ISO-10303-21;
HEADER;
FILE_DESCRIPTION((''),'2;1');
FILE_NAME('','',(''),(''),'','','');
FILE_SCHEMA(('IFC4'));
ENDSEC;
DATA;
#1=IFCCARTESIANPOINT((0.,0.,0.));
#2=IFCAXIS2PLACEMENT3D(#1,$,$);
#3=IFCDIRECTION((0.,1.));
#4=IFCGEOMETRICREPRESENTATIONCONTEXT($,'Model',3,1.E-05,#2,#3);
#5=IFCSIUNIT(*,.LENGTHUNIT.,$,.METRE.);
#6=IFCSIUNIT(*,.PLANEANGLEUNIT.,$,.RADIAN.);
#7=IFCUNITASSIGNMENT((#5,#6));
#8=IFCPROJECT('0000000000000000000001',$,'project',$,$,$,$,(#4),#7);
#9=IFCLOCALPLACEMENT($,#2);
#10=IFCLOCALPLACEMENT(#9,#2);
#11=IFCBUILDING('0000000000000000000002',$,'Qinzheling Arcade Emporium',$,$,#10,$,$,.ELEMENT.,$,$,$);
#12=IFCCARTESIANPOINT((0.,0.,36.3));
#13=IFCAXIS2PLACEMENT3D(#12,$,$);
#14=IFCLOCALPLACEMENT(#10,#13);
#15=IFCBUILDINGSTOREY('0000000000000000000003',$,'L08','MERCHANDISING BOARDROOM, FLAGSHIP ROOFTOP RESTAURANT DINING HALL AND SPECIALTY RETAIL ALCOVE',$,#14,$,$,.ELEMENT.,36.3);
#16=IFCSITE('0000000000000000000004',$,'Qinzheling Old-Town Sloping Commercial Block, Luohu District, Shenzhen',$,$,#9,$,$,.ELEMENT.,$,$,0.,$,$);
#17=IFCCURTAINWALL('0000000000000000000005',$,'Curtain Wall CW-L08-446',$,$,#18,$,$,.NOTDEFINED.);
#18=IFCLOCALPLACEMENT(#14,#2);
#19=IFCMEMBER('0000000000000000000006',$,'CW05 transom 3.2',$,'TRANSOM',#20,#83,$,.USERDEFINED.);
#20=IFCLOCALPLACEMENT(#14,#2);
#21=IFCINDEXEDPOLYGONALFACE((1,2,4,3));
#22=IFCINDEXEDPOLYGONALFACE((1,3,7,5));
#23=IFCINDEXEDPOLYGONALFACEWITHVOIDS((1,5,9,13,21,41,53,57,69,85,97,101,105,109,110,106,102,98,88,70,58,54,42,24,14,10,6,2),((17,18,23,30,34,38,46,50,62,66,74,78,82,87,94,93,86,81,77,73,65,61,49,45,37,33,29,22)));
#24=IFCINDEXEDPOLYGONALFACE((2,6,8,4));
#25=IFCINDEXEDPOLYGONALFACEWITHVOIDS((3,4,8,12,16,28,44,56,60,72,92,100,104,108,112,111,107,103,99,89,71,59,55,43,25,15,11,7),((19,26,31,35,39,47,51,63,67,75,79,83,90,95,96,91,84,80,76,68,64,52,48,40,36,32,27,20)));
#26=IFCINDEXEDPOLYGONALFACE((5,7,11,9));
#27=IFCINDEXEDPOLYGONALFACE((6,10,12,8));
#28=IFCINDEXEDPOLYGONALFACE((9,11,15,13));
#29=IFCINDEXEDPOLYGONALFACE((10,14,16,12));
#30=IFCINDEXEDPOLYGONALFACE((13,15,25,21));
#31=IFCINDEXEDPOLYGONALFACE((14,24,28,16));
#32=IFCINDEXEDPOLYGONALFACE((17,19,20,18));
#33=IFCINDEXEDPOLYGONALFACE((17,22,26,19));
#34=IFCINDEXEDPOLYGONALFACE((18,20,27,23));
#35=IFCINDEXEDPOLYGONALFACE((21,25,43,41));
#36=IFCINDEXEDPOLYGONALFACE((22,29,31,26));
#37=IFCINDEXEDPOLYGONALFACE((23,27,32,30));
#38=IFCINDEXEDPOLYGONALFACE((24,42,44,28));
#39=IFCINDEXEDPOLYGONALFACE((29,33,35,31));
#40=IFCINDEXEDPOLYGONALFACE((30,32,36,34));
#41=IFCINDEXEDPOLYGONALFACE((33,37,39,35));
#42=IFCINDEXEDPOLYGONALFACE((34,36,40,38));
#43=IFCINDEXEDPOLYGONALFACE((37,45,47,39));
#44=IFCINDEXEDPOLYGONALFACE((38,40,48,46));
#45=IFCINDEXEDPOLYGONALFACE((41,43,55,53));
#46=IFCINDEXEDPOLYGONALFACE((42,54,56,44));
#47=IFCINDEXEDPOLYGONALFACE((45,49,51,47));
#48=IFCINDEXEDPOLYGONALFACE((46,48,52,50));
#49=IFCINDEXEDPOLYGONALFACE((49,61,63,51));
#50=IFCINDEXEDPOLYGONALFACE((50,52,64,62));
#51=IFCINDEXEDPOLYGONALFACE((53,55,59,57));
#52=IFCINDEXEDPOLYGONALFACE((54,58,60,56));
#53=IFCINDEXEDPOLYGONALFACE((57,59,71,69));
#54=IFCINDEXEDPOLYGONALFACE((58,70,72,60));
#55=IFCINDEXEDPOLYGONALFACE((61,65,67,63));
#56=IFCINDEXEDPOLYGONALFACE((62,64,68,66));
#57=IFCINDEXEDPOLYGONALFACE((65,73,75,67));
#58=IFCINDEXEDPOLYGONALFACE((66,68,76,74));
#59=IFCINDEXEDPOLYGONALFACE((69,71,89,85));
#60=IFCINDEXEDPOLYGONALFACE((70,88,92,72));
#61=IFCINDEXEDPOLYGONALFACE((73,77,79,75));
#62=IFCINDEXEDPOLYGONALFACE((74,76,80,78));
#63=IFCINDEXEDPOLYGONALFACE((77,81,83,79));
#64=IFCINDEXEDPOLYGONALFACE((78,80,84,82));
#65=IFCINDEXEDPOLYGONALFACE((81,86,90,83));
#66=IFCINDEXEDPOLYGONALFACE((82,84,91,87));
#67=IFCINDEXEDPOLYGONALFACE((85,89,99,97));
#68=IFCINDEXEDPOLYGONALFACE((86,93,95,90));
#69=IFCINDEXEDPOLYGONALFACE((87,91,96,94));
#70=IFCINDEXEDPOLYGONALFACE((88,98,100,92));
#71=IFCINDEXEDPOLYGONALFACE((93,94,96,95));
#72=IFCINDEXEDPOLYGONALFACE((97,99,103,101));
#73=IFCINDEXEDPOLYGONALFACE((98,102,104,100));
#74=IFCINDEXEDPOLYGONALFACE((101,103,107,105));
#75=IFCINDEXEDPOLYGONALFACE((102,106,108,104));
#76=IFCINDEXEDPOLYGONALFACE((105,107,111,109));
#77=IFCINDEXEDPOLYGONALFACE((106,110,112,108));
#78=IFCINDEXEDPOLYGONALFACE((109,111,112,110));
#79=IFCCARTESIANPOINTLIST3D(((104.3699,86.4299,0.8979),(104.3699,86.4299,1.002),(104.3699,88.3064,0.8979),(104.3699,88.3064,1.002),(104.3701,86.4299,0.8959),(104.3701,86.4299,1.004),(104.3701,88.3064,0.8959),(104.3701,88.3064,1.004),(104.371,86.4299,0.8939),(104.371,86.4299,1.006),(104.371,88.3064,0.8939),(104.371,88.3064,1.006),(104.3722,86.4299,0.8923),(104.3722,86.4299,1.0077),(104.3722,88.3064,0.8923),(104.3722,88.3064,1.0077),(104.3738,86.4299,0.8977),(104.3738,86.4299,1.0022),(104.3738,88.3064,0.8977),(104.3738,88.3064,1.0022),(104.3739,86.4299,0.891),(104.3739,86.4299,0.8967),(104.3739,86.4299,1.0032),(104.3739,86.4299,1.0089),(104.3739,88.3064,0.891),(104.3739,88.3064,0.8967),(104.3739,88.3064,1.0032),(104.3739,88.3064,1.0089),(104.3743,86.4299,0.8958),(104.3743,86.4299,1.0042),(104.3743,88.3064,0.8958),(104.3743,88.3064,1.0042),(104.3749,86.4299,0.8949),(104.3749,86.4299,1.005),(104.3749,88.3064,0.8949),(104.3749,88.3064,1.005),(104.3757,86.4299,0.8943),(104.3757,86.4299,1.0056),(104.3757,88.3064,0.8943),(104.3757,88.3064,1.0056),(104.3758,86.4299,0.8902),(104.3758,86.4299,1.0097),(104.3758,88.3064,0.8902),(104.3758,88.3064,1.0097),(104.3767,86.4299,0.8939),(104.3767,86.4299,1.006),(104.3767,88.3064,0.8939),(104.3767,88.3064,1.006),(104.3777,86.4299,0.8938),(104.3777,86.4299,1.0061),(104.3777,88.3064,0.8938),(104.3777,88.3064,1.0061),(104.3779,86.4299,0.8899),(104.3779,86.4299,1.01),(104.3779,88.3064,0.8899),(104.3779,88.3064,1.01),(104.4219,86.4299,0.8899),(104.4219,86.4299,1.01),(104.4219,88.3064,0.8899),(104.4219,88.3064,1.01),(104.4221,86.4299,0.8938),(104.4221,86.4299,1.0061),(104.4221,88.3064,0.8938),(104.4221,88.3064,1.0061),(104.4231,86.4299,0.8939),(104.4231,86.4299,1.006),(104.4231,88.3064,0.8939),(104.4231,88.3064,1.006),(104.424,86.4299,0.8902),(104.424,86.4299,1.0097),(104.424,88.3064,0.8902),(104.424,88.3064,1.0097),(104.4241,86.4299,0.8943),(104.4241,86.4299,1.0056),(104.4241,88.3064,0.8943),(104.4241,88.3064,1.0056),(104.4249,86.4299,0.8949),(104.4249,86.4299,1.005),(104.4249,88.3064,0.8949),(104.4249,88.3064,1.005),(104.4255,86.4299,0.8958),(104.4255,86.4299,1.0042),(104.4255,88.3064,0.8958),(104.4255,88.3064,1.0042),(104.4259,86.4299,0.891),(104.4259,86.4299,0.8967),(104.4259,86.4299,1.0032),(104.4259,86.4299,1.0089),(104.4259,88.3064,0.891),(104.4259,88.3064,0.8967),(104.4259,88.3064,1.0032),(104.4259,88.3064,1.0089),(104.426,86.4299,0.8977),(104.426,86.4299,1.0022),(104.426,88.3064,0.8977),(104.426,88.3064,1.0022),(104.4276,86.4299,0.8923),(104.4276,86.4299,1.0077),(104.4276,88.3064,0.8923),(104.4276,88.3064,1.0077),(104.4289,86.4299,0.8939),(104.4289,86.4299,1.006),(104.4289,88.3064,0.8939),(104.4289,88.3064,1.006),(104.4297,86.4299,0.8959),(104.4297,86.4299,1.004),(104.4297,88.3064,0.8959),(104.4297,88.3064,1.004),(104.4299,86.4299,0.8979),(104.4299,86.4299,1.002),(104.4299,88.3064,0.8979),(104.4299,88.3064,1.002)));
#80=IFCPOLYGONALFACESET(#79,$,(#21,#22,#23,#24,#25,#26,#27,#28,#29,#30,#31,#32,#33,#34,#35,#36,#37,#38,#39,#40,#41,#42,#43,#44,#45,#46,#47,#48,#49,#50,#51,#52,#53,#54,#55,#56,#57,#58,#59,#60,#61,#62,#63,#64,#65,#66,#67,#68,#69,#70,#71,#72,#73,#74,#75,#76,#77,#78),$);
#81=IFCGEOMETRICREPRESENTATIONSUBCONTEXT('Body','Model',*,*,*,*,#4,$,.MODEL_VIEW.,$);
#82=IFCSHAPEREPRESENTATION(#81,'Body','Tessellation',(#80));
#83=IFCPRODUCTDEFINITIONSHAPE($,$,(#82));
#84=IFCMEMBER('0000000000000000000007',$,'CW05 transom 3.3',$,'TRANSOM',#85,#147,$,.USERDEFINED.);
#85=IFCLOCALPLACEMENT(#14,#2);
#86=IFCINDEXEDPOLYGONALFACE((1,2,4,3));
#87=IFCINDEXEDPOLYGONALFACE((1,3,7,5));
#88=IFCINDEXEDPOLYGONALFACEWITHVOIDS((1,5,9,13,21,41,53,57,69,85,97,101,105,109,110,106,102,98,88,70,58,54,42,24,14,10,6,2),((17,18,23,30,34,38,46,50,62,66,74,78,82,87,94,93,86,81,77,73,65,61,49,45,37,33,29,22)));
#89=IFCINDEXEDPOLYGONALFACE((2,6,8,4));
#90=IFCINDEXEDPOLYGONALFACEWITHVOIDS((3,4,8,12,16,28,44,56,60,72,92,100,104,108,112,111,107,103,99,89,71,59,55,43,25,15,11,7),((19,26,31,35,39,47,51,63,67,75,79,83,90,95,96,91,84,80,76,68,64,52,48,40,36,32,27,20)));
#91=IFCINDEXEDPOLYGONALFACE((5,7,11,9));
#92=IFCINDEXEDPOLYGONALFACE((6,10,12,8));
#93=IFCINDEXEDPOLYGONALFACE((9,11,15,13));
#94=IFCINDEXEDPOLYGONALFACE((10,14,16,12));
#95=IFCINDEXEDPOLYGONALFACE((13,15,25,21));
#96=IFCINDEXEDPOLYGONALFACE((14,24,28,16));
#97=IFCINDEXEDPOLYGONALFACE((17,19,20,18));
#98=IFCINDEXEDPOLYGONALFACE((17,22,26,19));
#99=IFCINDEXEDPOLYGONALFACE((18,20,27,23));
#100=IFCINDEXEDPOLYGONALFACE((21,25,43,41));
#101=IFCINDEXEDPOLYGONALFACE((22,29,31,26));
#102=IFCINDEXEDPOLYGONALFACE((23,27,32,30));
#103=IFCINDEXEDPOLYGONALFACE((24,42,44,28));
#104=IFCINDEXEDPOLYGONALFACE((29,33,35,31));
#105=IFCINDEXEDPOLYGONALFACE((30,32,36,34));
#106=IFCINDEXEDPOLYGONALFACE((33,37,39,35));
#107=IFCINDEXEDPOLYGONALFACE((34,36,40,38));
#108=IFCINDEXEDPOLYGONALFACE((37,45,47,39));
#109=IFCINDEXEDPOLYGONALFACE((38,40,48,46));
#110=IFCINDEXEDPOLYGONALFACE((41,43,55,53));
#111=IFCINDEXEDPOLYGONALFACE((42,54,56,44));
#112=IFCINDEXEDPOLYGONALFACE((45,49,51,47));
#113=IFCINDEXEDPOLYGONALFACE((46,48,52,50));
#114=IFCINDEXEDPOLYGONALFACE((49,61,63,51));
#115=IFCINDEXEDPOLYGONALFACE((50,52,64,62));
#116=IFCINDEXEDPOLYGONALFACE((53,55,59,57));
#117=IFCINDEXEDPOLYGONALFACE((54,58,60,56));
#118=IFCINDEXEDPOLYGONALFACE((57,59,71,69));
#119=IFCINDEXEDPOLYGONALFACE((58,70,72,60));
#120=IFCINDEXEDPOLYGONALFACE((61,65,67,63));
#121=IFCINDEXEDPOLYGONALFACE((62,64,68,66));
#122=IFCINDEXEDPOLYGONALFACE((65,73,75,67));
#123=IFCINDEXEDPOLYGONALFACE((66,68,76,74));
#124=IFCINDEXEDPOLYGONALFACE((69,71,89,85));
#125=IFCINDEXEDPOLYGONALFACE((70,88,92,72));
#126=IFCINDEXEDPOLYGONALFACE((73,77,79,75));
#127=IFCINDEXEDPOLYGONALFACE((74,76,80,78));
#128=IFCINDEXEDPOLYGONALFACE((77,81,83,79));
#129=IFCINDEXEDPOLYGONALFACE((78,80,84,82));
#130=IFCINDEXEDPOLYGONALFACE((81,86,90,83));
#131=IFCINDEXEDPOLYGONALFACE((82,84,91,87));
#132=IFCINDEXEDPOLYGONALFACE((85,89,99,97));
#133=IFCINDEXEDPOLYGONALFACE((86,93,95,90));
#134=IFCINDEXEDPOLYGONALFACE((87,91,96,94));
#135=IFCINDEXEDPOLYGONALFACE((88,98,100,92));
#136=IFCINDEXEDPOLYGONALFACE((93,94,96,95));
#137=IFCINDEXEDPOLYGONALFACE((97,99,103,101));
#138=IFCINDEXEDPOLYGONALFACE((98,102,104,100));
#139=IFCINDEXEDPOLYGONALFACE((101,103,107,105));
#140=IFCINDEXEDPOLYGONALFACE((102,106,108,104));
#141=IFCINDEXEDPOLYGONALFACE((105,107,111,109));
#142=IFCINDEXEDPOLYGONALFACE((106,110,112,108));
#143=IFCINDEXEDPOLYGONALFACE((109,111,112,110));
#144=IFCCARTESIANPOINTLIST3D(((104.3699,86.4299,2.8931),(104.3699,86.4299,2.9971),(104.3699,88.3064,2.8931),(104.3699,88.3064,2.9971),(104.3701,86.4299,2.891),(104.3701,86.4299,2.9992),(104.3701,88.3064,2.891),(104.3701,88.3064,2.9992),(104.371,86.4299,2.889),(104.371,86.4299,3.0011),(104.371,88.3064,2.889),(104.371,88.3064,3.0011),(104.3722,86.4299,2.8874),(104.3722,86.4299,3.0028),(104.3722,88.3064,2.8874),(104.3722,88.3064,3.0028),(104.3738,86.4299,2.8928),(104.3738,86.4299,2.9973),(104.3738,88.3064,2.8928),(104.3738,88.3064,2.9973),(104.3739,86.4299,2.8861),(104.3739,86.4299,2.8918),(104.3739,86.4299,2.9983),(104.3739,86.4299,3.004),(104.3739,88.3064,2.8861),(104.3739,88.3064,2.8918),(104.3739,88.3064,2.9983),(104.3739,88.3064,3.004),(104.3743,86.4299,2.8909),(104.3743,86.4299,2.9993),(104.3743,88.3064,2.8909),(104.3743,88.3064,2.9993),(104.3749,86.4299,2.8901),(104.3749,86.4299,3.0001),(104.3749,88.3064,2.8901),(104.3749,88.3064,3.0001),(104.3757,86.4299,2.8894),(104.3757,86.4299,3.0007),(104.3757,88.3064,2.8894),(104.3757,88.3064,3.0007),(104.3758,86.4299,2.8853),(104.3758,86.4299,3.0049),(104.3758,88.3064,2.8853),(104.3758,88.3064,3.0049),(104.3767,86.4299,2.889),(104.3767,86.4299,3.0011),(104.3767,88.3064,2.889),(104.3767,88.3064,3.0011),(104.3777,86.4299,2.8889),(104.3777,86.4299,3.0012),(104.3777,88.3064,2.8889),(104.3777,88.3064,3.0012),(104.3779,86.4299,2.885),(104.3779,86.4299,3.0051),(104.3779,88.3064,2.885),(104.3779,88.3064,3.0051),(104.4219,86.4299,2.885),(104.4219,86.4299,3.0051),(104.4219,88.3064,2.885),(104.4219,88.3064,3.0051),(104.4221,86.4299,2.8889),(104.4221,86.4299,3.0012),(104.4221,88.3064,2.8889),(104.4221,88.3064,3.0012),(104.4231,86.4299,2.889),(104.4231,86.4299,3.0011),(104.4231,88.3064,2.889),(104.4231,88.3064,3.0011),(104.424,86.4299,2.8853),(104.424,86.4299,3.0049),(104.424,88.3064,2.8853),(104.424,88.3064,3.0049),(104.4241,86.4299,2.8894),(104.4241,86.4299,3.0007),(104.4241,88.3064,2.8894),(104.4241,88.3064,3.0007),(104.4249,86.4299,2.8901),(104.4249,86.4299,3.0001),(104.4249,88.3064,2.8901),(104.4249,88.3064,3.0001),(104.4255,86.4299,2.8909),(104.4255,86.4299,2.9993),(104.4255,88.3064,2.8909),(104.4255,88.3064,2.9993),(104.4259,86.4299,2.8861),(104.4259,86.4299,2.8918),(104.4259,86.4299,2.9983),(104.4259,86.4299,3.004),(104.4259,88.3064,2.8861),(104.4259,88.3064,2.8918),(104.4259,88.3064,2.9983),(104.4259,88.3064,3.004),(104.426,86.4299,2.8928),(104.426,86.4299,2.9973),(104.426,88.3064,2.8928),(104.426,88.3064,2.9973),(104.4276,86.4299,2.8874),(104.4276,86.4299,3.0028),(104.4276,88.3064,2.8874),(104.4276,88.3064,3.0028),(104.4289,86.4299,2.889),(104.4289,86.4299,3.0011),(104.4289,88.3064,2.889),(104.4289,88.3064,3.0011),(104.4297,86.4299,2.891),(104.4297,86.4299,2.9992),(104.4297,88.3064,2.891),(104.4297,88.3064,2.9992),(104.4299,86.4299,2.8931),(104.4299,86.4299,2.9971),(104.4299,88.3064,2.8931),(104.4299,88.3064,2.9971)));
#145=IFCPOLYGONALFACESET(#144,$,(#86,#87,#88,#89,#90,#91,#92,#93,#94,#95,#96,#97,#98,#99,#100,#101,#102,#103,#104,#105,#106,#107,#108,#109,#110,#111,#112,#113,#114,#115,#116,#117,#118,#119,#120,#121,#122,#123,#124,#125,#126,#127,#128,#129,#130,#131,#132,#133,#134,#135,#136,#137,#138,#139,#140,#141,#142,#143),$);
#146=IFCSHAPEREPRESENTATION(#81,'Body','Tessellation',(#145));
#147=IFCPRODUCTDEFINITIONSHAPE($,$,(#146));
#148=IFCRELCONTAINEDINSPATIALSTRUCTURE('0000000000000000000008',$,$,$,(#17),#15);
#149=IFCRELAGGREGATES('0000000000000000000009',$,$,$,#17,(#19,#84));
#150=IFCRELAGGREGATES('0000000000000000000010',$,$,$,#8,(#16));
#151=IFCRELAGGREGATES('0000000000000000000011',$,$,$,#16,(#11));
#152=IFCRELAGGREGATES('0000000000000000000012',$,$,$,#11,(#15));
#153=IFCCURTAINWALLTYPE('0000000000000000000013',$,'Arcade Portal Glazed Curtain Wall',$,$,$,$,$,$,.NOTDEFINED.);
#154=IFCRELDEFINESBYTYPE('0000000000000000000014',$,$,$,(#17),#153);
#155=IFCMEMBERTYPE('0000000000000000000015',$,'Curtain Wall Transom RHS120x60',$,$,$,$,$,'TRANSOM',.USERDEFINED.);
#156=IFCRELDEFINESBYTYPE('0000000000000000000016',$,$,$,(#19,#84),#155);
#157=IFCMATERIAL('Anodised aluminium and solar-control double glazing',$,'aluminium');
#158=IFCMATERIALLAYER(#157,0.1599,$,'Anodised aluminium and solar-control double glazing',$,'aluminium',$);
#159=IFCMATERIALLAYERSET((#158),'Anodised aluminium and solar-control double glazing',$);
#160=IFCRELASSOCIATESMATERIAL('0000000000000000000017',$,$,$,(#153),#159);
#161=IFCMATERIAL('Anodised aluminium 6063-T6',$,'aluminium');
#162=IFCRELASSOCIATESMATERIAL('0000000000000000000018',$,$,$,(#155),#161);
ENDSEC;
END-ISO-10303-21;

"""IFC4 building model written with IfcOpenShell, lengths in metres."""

from ifc_helpers import new_model, si_unit, direction, frame, origin, origin_2d, place, context, subcontext, project, spatial, hollow_rectangle, extrude, material, layer, layer_set, material_profile, profile_set, type_object, element, aggregate, save


model = new_model("IFC4")

# Units and contexts
model_context = context("Model", 3, precision=1e-05, world=origin(), true_north=direction((0.0, 1.0)))
body_context = subcontext(model_context, "Body", "Model", "MODEL_VIEW")
ifc_project = project(units=[si_unit("LENGTHUNIT", "METRE"), si_unit("PLANEANGLEUNIT", "RADIAN")], contexts=[model_context])

# Site, building, storey
site_placement = place(None, origin())
site = spatial("IfcSite", under=ifc_project, at=site_placement, Name="Qinzheling Old-Town Sloping Commercial Block, Luohu District, Shenzhen", CompositionType="ELEMENT", RefElevation=0.0)
building_placement = place(site_placement, origin())
building = spatial("IfcBuilding", under=site, at=building_placement, Name="Qinzheling Arcade Emporium", CompositionType="ELEMENT")
storey_placement = place(building_placement, frame((0.0, 0.0, 36.3)))
storey = spatial("IfcBuildingStorey", under=building, at=storey_placement, Name="L08", Description="MERCHANDISING BOARDROOM, FLAGSHIP ROOFTOP RESTAURANT DINING HALL AND SPECIALTY RETAIL ALCOVE", CompositionType="ELEMENT", Elevation=36.3)

# Curtain wall, members
ifc_material_1 = material(Name="Anodised aluminium and solar-control double glazing", Category="aluminium")
ifc_layer_1 = layer(ifc_material_1, 0.1599, Name="Anodised aluminium and solar-control double glazing", Category="aluminium")
ifc_layer_set_1 = layer_set([ifc_layer_1], Name="Anodised aluminium and solar-control double glazing")
curtain_wall_type = type_object("IfcCurtainWallType", Name="Arcade Portal Glazed Curtain Wall", PredefinedType="NOTDEFINED", material=ifc_layer_set_1)
curtain_wall_placement = place(storey_placement, origin())
curtain_wall = element("IfcCurtainWall", 1, at=curtain_wall_placement, inside=storey, type_object=curtain_wall_type, Name="Curtain Wall CW-L08-446", PredefinedType="NOTDEFINED")
ifc_material_2 = material(Name="Anodised aluminium 6063-T6", Category="aluminium")
ifc_material_profile_1 = material_profile(ifc_material_2, hollow_rectangle(XDim=0.0601, YDim=0.1201, WallThickness=0.0039, InnerFilletRadius=0.0039, OuterFilletRadius=0.0081, at=origin_2d()), Name="RHS 120x60x4", Category="aluminium")
ifc_profile_set_1 = profile_set([ifc_material_profile_1], Name="Anodised aluminium 6063-T6")
member_type_1 = type_object("IfcMemberType", Name="Curtain Wall Transom RHS120x60", ElementType="TRANSOM", PredefinedType="USERDEFINED", material=ifc_profile_set_1)
member_1_placement = place(storey_placement, frame((104.3999, 86.4299, 0.95), z_axis=(0.0, 1.0, 0.0), x_axis=(-1.0, 0.0, 0.0)))
member_1 = element("IfcMember", 2, at=member_1_placement, type_object=member_type_1, Name="CW05 transom 3.2", ObjectType="TRANSOM", PredefinedType="USERDEFINED", context=body_context, shape_type="SweptSolid", body=[
    extrude(hollow_rectangle(XDim=0.0601, YDim=0.1201, WallThickness=0.0039, InnerFilletRadius=0.0039, OuterFilletRadius=0.0081, at=origin_2d()), origin(), (0.0, 0.0, 1.0), 1.8765),
])
member_2_placement = place(storey_placement, frame((104.3999, 86.4299, 2.9451), z_axis=(0.0, 1.0, 0.0), x_axis=(-1.0, 0.0, 0.0)))
member_2 = element("IfcMember", 3, at=member_2_placement, type_object=member_type_1, Name="CW05 transom 3.3", ObjectType="TRANSOM", PredefinedType="USERDEFINED", context=body_context, shape_type="SweptSolid", body=[
    extrude(hollow_rectangle(XDim=0.0601, YDim=0.1201, WallThickness=0.0039, InnerFilletRadius=0.0039, OuterFilletRadius=0.0081, at=origin_2d()), origin(), (0.0, 0.0, 1.0), 1.8765),
])

aggregate(curtain_wall, [member_1, member_2])

save(model, "model.ifc")
